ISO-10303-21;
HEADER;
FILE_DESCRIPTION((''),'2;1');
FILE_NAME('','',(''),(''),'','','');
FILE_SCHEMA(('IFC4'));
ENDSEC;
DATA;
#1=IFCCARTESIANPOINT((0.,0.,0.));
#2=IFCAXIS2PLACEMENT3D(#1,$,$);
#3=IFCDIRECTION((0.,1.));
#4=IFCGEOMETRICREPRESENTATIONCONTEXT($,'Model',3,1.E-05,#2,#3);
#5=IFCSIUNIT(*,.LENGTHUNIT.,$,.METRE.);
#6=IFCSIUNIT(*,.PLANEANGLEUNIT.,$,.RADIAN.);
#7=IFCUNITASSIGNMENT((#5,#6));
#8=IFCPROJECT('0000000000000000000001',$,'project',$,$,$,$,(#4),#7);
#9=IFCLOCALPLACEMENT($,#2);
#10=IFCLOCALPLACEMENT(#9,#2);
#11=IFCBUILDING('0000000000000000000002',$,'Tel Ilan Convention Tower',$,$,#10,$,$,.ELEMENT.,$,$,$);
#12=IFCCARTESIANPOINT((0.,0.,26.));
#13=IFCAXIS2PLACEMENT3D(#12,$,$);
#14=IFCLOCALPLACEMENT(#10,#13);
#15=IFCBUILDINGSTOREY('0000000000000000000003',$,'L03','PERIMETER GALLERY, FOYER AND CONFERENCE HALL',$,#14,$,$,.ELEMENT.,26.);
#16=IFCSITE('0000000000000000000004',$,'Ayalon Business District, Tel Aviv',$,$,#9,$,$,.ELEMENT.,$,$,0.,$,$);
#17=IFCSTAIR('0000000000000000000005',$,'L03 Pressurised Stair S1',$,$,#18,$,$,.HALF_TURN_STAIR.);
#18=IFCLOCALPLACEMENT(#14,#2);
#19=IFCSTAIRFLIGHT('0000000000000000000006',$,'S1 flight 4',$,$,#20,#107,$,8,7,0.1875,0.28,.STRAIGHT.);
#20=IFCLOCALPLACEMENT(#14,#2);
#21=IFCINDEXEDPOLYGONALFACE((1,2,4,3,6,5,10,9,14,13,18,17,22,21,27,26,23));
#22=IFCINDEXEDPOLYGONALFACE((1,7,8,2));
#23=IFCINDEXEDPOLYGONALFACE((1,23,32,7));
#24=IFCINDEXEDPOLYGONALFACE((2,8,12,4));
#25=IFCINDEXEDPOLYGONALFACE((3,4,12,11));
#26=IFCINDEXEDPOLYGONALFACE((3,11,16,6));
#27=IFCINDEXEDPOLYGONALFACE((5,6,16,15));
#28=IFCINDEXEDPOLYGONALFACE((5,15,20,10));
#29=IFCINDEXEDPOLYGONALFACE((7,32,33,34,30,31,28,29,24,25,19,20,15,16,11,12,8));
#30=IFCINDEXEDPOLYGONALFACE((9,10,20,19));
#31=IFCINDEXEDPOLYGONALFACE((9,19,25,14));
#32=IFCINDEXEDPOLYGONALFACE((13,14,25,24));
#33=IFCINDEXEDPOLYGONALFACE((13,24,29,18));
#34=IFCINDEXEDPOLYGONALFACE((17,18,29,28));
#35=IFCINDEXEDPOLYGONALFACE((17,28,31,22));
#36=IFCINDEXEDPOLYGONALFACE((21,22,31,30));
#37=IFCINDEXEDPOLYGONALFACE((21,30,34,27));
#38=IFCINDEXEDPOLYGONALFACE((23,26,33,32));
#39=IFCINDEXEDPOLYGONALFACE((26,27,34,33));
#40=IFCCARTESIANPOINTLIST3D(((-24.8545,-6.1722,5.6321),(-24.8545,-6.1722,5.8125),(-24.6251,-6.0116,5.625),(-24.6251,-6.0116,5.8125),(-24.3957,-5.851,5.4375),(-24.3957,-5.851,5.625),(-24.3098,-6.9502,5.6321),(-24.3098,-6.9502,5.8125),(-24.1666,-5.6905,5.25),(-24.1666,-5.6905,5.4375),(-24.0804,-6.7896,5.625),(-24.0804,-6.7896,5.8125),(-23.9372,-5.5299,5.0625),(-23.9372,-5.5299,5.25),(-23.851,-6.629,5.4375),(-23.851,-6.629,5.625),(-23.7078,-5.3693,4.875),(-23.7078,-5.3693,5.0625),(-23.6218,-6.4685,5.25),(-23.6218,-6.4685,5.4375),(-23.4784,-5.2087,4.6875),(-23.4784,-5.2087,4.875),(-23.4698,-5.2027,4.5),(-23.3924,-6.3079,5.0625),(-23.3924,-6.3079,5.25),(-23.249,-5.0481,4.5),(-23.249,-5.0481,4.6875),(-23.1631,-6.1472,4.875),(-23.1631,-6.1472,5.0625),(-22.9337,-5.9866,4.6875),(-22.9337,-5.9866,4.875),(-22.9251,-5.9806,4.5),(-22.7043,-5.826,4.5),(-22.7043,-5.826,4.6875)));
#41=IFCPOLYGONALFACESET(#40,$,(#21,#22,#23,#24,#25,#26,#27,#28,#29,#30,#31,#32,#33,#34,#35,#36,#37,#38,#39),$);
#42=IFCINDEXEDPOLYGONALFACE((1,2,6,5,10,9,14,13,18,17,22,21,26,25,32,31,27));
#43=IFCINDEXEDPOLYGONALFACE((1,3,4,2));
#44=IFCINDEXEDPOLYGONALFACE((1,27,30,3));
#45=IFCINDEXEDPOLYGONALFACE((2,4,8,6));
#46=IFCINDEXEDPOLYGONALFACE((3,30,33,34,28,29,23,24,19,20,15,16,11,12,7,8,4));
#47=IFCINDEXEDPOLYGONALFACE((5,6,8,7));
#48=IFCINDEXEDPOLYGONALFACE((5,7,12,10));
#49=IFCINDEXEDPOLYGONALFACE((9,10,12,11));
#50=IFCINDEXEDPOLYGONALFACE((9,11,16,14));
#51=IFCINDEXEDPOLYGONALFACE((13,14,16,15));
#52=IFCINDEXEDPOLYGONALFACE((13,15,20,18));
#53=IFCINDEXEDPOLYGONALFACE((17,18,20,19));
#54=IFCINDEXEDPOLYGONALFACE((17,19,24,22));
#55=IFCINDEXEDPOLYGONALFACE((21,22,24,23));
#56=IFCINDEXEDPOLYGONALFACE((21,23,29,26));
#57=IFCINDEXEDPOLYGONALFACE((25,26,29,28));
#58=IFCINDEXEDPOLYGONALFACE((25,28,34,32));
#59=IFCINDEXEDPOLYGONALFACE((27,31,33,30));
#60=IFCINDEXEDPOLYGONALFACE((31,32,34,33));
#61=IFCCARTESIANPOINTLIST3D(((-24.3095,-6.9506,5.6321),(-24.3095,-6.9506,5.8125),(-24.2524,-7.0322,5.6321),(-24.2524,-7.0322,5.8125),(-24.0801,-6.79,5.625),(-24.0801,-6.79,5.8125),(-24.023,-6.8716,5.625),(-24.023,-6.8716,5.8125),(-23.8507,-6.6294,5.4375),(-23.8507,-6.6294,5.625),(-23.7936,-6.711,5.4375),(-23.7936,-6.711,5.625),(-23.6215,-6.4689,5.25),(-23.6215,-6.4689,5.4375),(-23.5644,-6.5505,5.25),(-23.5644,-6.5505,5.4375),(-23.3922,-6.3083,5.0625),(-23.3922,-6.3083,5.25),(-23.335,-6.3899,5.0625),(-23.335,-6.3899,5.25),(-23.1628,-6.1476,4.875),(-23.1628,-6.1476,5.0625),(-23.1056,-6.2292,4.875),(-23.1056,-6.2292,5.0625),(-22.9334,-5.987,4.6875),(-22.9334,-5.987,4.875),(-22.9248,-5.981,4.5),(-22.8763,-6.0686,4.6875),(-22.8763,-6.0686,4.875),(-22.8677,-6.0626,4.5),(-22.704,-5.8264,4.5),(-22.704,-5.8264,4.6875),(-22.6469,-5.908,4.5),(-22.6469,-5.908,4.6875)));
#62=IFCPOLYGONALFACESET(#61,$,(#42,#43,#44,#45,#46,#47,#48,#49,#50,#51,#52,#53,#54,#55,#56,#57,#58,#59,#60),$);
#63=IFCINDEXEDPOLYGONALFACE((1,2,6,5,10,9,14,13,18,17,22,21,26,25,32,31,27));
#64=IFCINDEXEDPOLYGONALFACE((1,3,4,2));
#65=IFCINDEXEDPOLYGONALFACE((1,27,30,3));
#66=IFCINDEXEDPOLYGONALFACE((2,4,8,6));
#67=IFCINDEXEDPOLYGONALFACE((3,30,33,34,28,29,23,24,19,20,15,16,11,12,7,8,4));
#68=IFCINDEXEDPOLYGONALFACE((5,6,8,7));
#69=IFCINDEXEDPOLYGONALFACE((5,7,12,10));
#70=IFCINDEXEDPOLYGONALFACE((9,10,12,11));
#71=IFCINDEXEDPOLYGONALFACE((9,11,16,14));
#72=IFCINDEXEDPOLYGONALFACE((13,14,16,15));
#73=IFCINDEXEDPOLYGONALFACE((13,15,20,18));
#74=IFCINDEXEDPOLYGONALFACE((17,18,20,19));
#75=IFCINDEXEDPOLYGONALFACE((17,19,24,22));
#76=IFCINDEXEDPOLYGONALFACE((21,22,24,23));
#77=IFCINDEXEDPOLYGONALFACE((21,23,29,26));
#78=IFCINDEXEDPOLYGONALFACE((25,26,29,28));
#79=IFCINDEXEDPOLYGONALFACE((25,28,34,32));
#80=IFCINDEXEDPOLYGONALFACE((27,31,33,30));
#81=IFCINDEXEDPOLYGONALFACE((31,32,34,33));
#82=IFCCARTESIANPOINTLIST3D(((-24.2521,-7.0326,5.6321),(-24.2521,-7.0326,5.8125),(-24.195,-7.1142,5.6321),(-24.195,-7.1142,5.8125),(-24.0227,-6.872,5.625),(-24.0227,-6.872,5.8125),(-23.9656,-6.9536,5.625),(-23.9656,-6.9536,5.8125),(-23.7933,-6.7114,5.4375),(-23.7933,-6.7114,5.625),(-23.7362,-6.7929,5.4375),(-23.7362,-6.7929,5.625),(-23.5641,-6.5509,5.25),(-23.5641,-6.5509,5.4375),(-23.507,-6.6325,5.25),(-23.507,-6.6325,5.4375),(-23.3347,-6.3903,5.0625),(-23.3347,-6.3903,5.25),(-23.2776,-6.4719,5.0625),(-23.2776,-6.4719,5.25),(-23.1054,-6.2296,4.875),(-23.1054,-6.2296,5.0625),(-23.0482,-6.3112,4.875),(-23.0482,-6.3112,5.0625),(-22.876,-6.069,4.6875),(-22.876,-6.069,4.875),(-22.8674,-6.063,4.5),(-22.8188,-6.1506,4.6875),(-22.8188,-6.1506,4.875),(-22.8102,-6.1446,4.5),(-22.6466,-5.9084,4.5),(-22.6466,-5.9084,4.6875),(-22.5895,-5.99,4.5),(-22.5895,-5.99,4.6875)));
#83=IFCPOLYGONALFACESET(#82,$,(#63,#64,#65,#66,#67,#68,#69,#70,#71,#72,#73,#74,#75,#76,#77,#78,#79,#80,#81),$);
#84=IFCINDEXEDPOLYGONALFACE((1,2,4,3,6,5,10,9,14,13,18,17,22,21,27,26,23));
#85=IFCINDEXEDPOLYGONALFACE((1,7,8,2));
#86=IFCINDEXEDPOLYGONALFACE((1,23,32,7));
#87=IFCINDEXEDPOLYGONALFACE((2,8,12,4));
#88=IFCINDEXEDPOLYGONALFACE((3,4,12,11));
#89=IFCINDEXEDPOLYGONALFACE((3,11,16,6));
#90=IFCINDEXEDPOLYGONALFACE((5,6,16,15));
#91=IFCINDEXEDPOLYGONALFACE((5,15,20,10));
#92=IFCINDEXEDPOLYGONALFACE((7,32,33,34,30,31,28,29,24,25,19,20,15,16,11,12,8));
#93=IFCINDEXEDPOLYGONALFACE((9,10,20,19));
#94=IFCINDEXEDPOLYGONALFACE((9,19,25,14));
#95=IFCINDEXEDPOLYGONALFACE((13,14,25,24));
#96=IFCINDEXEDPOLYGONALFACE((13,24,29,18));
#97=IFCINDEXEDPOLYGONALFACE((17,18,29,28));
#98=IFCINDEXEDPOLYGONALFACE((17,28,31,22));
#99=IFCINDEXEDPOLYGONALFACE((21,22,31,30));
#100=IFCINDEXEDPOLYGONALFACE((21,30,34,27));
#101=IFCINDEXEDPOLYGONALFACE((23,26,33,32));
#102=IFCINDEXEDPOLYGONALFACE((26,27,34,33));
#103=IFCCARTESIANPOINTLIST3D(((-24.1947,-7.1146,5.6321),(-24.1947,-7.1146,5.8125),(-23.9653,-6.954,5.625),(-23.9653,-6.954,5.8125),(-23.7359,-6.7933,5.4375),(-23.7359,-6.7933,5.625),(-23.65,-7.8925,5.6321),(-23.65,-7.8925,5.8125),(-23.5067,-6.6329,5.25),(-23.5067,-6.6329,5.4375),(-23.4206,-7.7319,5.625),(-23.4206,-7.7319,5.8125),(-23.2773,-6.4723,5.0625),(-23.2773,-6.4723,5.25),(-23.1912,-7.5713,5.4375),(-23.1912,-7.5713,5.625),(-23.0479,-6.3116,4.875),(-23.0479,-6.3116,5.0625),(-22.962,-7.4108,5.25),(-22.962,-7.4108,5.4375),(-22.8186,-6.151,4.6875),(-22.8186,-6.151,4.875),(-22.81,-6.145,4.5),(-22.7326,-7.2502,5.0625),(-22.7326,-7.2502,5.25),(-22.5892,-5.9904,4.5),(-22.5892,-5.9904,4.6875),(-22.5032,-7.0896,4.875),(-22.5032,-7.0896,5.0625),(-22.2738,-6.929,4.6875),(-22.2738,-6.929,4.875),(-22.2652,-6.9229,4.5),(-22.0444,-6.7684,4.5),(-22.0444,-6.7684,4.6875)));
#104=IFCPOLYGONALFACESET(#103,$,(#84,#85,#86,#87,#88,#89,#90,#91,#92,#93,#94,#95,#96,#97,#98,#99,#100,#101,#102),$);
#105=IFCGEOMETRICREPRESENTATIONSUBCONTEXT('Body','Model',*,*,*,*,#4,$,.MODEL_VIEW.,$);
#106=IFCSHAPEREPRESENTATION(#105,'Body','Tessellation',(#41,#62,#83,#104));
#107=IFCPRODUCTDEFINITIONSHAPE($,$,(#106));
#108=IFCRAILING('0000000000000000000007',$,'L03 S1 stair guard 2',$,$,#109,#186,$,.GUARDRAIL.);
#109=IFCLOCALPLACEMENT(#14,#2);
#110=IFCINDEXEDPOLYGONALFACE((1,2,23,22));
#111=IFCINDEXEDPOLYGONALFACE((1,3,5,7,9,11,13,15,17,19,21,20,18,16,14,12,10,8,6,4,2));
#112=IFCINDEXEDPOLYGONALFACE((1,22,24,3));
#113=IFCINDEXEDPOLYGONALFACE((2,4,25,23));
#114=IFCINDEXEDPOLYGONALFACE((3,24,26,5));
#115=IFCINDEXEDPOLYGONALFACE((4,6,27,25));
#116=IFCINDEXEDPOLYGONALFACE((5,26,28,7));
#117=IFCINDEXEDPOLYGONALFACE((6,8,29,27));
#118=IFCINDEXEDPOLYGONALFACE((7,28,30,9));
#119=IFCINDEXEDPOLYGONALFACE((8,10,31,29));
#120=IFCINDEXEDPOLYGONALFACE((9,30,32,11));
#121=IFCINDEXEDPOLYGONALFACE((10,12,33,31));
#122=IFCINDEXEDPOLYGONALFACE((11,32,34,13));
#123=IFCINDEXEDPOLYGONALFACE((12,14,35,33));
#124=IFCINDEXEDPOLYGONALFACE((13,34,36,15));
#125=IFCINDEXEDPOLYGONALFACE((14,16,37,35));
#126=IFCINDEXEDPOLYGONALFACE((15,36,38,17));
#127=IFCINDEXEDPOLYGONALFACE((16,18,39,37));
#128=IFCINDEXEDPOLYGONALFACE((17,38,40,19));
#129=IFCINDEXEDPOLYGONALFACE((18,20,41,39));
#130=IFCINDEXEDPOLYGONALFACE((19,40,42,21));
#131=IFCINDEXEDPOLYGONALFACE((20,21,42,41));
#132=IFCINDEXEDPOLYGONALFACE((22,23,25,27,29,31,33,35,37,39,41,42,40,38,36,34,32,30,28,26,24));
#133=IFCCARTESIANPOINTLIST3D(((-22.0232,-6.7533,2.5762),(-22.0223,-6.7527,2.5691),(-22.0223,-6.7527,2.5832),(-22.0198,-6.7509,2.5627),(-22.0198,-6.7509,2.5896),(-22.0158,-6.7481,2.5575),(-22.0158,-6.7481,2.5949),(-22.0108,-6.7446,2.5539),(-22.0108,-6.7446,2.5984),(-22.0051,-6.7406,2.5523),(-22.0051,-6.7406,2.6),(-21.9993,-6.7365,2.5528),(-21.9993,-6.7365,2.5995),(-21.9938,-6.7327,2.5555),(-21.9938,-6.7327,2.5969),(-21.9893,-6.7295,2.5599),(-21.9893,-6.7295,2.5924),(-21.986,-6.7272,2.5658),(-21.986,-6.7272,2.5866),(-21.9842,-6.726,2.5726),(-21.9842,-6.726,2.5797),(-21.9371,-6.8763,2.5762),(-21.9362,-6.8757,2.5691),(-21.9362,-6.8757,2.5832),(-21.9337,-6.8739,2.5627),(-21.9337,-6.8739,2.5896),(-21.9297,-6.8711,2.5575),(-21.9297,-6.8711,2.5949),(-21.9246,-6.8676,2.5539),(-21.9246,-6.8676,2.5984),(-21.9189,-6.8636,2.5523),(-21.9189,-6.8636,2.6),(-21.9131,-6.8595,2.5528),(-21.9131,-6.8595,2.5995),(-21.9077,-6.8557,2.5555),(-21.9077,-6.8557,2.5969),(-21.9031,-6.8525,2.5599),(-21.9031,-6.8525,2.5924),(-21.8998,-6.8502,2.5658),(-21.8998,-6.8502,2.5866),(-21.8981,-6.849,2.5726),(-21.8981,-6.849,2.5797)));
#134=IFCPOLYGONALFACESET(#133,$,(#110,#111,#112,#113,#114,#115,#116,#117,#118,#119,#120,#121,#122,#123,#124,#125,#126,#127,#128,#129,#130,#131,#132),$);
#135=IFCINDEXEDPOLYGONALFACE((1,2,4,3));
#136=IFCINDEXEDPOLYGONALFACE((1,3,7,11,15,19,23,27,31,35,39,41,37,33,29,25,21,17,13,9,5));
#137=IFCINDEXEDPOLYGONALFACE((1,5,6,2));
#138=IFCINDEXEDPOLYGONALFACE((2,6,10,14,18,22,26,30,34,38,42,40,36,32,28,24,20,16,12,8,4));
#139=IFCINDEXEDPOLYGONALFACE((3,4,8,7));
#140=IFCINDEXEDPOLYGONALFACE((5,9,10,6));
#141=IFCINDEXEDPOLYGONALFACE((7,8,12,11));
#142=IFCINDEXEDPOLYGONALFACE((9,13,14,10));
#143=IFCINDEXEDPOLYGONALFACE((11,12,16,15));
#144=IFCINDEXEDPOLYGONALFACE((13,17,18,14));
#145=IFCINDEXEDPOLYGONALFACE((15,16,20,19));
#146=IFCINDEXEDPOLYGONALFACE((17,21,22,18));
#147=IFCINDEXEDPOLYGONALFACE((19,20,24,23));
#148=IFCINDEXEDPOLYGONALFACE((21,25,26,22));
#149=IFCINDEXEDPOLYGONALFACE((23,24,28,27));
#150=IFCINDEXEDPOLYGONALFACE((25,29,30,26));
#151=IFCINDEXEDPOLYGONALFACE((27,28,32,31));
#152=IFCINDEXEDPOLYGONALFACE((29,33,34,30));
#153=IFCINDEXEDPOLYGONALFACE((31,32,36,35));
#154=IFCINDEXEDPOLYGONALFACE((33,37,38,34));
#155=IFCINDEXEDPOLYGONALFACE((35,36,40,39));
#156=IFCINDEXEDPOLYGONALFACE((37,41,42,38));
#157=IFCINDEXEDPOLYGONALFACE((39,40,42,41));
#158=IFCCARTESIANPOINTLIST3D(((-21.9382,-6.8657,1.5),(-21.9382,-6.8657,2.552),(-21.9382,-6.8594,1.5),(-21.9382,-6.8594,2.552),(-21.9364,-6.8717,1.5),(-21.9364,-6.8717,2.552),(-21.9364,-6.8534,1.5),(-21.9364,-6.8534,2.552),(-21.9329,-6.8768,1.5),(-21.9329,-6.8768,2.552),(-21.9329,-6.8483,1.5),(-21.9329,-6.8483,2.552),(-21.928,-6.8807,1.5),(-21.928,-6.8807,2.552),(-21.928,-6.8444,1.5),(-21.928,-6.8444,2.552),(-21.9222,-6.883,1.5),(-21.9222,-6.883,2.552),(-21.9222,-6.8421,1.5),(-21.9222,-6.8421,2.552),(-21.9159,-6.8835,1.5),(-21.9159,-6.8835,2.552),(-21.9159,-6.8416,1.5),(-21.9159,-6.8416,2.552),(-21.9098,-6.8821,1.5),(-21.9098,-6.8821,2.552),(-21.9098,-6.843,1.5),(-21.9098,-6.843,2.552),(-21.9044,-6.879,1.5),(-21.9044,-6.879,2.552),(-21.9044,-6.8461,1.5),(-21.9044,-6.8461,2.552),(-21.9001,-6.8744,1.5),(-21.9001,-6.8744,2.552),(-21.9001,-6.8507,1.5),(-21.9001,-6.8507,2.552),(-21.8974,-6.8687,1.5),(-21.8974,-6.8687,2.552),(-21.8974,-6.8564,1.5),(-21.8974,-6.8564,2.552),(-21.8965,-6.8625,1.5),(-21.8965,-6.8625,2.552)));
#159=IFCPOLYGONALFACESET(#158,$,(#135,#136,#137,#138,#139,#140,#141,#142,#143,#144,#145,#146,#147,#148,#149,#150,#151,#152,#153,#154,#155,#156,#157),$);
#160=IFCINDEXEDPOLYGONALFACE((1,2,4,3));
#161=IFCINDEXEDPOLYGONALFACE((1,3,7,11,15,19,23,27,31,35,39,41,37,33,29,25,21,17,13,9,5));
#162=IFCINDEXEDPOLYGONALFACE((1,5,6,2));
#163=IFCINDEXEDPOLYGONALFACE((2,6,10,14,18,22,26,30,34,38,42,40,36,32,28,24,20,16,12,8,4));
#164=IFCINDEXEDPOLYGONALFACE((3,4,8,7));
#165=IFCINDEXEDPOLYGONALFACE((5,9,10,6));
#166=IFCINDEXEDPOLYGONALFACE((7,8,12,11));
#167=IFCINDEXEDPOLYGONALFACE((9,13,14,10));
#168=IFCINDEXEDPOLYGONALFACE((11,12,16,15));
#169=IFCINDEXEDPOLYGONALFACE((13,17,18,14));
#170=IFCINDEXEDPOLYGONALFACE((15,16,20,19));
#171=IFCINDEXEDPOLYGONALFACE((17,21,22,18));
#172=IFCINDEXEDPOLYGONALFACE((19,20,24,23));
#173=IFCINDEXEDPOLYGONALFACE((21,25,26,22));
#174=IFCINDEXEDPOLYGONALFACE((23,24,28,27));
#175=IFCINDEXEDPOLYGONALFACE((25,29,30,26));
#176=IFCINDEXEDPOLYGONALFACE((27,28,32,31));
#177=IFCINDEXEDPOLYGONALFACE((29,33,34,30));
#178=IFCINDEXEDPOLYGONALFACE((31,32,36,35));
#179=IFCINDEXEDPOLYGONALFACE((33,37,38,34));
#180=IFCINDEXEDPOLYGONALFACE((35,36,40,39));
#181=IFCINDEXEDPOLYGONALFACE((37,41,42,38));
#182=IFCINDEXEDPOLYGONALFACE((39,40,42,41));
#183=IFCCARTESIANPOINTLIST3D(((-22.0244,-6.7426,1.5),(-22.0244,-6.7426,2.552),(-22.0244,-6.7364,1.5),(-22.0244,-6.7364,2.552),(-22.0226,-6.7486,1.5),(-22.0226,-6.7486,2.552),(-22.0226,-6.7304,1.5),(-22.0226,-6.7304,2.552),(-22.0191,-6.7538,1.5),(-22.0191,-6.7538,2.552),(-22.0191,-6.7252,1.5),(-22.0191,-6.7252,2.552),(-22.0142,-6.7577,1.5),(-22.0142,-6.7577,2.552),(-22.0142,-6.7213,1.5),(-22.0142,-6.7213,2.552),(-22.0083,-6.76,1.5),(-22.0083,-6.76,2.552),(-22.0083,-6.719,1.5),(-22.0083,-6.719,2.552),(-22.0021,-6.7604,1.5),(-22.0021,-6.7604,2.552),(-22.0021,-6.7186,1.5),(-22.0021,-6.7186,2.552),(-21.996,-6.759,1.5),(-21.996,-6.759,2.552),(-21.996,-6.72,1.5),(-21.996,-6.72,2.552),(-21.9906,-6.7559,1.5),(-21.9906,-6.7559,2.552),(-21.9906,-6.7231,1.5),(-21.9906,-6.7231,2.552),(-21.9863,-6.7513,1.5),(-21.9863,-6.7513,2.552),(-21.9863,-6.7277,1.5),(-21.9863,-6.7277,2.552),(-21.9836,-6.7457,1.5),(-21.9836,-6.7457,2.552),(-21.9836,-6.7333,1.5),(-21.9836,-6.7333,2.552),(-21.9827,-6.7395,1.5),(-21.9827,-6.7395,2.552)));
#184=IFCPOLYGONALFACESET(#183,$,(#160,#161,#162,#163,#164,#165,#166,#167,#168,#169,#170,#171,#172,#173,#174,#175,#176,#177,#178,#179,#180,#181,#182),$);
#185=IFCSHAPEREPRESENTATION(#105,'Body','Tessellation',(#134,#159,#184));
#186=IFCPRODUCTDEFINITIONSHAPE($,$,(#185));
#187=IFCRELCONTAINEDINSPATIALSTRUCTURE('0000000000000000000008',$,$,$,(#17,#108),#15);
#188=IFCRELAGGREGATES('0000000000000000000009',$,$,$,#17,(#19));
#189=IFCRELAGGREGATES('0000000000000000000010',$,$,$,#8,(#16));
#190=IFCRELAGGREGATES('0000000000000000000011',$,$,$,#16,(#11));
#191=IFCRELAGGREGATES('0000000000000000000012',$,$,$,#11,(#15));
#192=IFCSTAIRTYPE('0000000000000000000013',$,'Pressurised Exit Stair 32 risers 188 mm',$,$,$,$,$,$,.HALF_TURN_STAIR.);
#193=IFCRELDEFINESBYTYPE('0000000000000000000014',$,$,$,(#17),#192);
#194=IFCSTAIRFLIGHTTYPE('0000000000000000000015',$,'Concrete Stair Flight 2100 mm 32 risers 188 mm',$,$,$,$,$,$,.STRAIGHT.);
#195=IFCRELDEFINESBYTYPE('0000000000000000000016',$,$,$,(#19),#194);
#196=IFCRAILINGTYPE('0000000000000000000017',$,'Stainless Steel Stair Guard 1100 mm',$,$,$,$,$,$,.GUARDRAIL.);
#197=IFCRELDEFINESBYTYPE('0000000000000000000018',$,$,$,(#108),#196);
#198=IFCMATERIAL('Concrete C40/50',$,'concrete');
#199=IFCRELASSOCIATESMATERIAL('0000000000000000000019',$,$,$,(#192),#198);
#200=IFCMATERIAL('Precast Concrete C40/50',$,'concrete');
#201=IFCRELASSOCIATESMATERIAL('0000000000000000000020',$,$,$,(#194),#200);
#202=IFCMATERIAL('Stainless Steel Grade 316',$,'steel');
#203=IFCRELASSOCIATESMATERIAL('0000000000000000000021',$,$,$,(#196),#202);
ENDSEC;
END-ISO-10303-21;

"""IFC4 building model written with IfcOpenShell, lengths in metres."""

from ifc_helpers import new_model, si_unit, direction, frame, origin, origin_2d, place, context, subcontext, project, spatial, polyline, circle, outline, extrude, material, type_object, element, aggregate, save


model = new_model("IFC4")

# Units and contexts
model_context = context("Model", 3, precision=1e-05, world=origin(), true_north=direction((0.0, 1.0)))
body_context = subcontext(model_context, "Body", "Model", "MODEL_VIEW")
ifc_project = project(units=[si_unit("LENGTHUNIT", "METRE"), si_unit("PLANEANGLEUNIT", "RADIAN")], contexts=[model_context])

# Site, building, storey
site_placement = place(None, origin())
site = spatial("IfcSite", under=ifc_project, at=site_placement, Name="Ayalon Business District, Tel Aviv", CompositionType="ELEMENT", RefElevation=0.0)
building_placement = place(site_placement, origin())
building = spatial("IfcBuilding", under=site, at=building_placement, Name="Tel Ilan Convention Tower", CompositionType="ELEMENT")
storey_placement = place(building_placement, frame((0.0, 0.0, 26.0)))
storey = spatial("IfcBuildingStorey", under=building, at=storey_placement, Name="L03", Description="PERIMETER GALLERY, FOYER AND CONFERENCE HALL", CompositionType="ELEMENT", Elevation=26.0)

# Stair, stair flight
ifc_material_1 = material(Name="Concrete C40/50", Category="concrete")
stair_type = type_object("IfcStairType", Name="Pressurised Exit Stair 32 risers 188 mm", PredefinedType="HALF_TURN_STAIR", material=ifc_material_1)
stair_placement = place(storey_placement, origin())
stair = element("IfcStair", 1, at=stair_placement, inside=storey, type_object=stair_type, Name="L03 Pressurised Stair S1", PredefinedType="HALF_TURN_STAIR")
ifc_material_2 = material(Name="Precast Concrete C40/50", Category="concrete")
stair_flight_type = type_object("IfcStairFlightType", Name="Concrete Stair Flight 2100 mm 32 risers 188 mm", PredefinedType="STRAIGHT", material=ifc_material_2)
stair_flight_1_placement = place(storey_placement, frame((-22.6467, -5.9082, 4.5), z_axis=(0.0, 0.0, 1.0), x_axis=(-0.819152, -0.573576, 0.0)))
stair_flight_1 = element("IfcStairFlight", 2, at=stair_flight_1_placement, type_object=stair_flight_type, Name="S1 flight 4", NumberOfRisers=8, NumberOfTreads=7, PredefinedType="STRAIGHT", RiserHeight=0.1875, TreadLength=0.28, context=body_context, shape_type="SweptSolid", body=[
    extrude(outline(polyline([(0.0, 0.0), (0.0, 0.1875), (0.28, 0.1875), (0.28, 0.375), (0.5601, 0.375), (0.5601, 0.5625), (0.8401, 0.5625), (0.8401, 0.75), (1.1201, 0.75), (1.1201, 0.9375), (1.3999, 0.9375), (1.3999, 1.125), (1.6799, 1.125), (1.6799, 1.3125), (1.96, 1.3125), (1.96, 1.5), (1.96, 1.1321), (0.2695, 0.0), (0.0, 0.0)])), frame((0.0, -0.1003, 0.0), z_axis=(0.0, -1.0, 0.0), x_axis=(1.0, 0.0, 0.0)), (0.0, 0.0, 1.0), 0.9497),
    extrude(outline(polyline([(0.0, 0.0), (0.0, 0.1875), (0.28, 0.1875), (0.28, 0.375), (0.5601, 0.375), (0.5601, 0.5625), (0.8401, 0.5625), (0.8401, 0.75), (1.1201, 0.75), (1.1201, 0.9375), (1.3999, 0.9375), (1.3999, 1.125), (1.6799, 1.125), (1.6799, 1.3125), (1.96, 1.3125), (1.96, 1.5), (1.96, 1.1321), (0.2695, 0.0), (0.0, 0.0)])), frame((0.0, -0.0002, 0.0), z_axis=(0.0, -1.0, 0.0), x_axis=(1.0, 0.0, 0.0)), (0.0, 0.0, 1.0), 0.0996),
    extrude(outline(polyline([(0.0, 0.0), (0.0, 0.1875), (0.28, 0.1875), (0.28, 0.375), (0.5601, 0.375), (0.5601, 0.5625), (0.8401, 0.5625), (0.8401, 0.75), (1.1201, 0.75), (1.1201, 0.9375), (1.3999, 0.9375), (1.3999, 1.125), (1.6799, 1.125), (1.6799, 1.3125), (1.96, 1.3125), (1.96, 1.5), (1.96, 1.1321), (0.2695, 0.0), (0.0, 0.0)])), frame((0.0, 0.0999, 0.0), z_axis=(0.0, -1.0, 0.0), x_axis=(1.0, 0.0, 0.0)), (0.0, 0.0, 1.0), 0.0996),
    extrude(outline(polyline([(0.0, 0.0), (0.0, 0.1875), (0.28, 0.1875), (0.28, 0.375), (0.5601, 0.375), (0.5601, 0.5625), (0.8401, 0.5625), (0.8401, 0.75), (1.1201, 0.75), (1.1201, 0.9375), (1.3999, 0.9375), (1.3999, 1.125), (1.6799, 1.125), (1.6799, 1.3125), (1.96, 1.3125), (1.96, 1.5), (1.96, 1.1321), (0.2695, 0.0), (0.0, 0.0)])), frame((0.0, 1.05, 0.0), z_axis=(0.0, -1.0, 0.0), x_axis=(1.0, 0.0, 0.0)), (0.0, 0.0, 1.0), 0.9497),
])
aggregate(stair, [stair_flight_1])

# Railing
ifc_material_3 = material(Name="Stainless Steel Grade 316", Category="steel")
railing_type_1 = type_object("IfcRailingType", Name="Stainless Steel Stair Guard 1100 mm", PredefinedType="GUARDRAIL", material=ifc_material_3)
railing_1_placement = place(storey_placement, frame((-21.9175, -6.8625, 1.5)))
element("IfcRailing", 3, at=railing_1_placement, inside=storey, type_object=railing_type_1, Name="L03 S1 stair guard 2", PredefinedType="GUARDRAIL", context=body_context, shape_type="SweptSolid", body=[
    extrude(circle(Radius=0.0239, at=origin_2d()), frame((0.0, 0.0, 1.0762), z_axis=(-0.57368, 0.819079, 0.0), x_axis=(-0.819079, -0.57368, 0.0)), (0.0, 0.0, 1.0), 0.1501),
    extrude(circle(Radius=0.021, at=origin_2d()), origin(), (0.0, 0.0, 1.0), 1.052),
    extrude(circle(Radius=0.021, at=origin_2d()), frame((-0.0862, 0.123, 0.0)), (0.0, 0.0, 1.0), 1.052),
])

save(model, "model.ifc")
